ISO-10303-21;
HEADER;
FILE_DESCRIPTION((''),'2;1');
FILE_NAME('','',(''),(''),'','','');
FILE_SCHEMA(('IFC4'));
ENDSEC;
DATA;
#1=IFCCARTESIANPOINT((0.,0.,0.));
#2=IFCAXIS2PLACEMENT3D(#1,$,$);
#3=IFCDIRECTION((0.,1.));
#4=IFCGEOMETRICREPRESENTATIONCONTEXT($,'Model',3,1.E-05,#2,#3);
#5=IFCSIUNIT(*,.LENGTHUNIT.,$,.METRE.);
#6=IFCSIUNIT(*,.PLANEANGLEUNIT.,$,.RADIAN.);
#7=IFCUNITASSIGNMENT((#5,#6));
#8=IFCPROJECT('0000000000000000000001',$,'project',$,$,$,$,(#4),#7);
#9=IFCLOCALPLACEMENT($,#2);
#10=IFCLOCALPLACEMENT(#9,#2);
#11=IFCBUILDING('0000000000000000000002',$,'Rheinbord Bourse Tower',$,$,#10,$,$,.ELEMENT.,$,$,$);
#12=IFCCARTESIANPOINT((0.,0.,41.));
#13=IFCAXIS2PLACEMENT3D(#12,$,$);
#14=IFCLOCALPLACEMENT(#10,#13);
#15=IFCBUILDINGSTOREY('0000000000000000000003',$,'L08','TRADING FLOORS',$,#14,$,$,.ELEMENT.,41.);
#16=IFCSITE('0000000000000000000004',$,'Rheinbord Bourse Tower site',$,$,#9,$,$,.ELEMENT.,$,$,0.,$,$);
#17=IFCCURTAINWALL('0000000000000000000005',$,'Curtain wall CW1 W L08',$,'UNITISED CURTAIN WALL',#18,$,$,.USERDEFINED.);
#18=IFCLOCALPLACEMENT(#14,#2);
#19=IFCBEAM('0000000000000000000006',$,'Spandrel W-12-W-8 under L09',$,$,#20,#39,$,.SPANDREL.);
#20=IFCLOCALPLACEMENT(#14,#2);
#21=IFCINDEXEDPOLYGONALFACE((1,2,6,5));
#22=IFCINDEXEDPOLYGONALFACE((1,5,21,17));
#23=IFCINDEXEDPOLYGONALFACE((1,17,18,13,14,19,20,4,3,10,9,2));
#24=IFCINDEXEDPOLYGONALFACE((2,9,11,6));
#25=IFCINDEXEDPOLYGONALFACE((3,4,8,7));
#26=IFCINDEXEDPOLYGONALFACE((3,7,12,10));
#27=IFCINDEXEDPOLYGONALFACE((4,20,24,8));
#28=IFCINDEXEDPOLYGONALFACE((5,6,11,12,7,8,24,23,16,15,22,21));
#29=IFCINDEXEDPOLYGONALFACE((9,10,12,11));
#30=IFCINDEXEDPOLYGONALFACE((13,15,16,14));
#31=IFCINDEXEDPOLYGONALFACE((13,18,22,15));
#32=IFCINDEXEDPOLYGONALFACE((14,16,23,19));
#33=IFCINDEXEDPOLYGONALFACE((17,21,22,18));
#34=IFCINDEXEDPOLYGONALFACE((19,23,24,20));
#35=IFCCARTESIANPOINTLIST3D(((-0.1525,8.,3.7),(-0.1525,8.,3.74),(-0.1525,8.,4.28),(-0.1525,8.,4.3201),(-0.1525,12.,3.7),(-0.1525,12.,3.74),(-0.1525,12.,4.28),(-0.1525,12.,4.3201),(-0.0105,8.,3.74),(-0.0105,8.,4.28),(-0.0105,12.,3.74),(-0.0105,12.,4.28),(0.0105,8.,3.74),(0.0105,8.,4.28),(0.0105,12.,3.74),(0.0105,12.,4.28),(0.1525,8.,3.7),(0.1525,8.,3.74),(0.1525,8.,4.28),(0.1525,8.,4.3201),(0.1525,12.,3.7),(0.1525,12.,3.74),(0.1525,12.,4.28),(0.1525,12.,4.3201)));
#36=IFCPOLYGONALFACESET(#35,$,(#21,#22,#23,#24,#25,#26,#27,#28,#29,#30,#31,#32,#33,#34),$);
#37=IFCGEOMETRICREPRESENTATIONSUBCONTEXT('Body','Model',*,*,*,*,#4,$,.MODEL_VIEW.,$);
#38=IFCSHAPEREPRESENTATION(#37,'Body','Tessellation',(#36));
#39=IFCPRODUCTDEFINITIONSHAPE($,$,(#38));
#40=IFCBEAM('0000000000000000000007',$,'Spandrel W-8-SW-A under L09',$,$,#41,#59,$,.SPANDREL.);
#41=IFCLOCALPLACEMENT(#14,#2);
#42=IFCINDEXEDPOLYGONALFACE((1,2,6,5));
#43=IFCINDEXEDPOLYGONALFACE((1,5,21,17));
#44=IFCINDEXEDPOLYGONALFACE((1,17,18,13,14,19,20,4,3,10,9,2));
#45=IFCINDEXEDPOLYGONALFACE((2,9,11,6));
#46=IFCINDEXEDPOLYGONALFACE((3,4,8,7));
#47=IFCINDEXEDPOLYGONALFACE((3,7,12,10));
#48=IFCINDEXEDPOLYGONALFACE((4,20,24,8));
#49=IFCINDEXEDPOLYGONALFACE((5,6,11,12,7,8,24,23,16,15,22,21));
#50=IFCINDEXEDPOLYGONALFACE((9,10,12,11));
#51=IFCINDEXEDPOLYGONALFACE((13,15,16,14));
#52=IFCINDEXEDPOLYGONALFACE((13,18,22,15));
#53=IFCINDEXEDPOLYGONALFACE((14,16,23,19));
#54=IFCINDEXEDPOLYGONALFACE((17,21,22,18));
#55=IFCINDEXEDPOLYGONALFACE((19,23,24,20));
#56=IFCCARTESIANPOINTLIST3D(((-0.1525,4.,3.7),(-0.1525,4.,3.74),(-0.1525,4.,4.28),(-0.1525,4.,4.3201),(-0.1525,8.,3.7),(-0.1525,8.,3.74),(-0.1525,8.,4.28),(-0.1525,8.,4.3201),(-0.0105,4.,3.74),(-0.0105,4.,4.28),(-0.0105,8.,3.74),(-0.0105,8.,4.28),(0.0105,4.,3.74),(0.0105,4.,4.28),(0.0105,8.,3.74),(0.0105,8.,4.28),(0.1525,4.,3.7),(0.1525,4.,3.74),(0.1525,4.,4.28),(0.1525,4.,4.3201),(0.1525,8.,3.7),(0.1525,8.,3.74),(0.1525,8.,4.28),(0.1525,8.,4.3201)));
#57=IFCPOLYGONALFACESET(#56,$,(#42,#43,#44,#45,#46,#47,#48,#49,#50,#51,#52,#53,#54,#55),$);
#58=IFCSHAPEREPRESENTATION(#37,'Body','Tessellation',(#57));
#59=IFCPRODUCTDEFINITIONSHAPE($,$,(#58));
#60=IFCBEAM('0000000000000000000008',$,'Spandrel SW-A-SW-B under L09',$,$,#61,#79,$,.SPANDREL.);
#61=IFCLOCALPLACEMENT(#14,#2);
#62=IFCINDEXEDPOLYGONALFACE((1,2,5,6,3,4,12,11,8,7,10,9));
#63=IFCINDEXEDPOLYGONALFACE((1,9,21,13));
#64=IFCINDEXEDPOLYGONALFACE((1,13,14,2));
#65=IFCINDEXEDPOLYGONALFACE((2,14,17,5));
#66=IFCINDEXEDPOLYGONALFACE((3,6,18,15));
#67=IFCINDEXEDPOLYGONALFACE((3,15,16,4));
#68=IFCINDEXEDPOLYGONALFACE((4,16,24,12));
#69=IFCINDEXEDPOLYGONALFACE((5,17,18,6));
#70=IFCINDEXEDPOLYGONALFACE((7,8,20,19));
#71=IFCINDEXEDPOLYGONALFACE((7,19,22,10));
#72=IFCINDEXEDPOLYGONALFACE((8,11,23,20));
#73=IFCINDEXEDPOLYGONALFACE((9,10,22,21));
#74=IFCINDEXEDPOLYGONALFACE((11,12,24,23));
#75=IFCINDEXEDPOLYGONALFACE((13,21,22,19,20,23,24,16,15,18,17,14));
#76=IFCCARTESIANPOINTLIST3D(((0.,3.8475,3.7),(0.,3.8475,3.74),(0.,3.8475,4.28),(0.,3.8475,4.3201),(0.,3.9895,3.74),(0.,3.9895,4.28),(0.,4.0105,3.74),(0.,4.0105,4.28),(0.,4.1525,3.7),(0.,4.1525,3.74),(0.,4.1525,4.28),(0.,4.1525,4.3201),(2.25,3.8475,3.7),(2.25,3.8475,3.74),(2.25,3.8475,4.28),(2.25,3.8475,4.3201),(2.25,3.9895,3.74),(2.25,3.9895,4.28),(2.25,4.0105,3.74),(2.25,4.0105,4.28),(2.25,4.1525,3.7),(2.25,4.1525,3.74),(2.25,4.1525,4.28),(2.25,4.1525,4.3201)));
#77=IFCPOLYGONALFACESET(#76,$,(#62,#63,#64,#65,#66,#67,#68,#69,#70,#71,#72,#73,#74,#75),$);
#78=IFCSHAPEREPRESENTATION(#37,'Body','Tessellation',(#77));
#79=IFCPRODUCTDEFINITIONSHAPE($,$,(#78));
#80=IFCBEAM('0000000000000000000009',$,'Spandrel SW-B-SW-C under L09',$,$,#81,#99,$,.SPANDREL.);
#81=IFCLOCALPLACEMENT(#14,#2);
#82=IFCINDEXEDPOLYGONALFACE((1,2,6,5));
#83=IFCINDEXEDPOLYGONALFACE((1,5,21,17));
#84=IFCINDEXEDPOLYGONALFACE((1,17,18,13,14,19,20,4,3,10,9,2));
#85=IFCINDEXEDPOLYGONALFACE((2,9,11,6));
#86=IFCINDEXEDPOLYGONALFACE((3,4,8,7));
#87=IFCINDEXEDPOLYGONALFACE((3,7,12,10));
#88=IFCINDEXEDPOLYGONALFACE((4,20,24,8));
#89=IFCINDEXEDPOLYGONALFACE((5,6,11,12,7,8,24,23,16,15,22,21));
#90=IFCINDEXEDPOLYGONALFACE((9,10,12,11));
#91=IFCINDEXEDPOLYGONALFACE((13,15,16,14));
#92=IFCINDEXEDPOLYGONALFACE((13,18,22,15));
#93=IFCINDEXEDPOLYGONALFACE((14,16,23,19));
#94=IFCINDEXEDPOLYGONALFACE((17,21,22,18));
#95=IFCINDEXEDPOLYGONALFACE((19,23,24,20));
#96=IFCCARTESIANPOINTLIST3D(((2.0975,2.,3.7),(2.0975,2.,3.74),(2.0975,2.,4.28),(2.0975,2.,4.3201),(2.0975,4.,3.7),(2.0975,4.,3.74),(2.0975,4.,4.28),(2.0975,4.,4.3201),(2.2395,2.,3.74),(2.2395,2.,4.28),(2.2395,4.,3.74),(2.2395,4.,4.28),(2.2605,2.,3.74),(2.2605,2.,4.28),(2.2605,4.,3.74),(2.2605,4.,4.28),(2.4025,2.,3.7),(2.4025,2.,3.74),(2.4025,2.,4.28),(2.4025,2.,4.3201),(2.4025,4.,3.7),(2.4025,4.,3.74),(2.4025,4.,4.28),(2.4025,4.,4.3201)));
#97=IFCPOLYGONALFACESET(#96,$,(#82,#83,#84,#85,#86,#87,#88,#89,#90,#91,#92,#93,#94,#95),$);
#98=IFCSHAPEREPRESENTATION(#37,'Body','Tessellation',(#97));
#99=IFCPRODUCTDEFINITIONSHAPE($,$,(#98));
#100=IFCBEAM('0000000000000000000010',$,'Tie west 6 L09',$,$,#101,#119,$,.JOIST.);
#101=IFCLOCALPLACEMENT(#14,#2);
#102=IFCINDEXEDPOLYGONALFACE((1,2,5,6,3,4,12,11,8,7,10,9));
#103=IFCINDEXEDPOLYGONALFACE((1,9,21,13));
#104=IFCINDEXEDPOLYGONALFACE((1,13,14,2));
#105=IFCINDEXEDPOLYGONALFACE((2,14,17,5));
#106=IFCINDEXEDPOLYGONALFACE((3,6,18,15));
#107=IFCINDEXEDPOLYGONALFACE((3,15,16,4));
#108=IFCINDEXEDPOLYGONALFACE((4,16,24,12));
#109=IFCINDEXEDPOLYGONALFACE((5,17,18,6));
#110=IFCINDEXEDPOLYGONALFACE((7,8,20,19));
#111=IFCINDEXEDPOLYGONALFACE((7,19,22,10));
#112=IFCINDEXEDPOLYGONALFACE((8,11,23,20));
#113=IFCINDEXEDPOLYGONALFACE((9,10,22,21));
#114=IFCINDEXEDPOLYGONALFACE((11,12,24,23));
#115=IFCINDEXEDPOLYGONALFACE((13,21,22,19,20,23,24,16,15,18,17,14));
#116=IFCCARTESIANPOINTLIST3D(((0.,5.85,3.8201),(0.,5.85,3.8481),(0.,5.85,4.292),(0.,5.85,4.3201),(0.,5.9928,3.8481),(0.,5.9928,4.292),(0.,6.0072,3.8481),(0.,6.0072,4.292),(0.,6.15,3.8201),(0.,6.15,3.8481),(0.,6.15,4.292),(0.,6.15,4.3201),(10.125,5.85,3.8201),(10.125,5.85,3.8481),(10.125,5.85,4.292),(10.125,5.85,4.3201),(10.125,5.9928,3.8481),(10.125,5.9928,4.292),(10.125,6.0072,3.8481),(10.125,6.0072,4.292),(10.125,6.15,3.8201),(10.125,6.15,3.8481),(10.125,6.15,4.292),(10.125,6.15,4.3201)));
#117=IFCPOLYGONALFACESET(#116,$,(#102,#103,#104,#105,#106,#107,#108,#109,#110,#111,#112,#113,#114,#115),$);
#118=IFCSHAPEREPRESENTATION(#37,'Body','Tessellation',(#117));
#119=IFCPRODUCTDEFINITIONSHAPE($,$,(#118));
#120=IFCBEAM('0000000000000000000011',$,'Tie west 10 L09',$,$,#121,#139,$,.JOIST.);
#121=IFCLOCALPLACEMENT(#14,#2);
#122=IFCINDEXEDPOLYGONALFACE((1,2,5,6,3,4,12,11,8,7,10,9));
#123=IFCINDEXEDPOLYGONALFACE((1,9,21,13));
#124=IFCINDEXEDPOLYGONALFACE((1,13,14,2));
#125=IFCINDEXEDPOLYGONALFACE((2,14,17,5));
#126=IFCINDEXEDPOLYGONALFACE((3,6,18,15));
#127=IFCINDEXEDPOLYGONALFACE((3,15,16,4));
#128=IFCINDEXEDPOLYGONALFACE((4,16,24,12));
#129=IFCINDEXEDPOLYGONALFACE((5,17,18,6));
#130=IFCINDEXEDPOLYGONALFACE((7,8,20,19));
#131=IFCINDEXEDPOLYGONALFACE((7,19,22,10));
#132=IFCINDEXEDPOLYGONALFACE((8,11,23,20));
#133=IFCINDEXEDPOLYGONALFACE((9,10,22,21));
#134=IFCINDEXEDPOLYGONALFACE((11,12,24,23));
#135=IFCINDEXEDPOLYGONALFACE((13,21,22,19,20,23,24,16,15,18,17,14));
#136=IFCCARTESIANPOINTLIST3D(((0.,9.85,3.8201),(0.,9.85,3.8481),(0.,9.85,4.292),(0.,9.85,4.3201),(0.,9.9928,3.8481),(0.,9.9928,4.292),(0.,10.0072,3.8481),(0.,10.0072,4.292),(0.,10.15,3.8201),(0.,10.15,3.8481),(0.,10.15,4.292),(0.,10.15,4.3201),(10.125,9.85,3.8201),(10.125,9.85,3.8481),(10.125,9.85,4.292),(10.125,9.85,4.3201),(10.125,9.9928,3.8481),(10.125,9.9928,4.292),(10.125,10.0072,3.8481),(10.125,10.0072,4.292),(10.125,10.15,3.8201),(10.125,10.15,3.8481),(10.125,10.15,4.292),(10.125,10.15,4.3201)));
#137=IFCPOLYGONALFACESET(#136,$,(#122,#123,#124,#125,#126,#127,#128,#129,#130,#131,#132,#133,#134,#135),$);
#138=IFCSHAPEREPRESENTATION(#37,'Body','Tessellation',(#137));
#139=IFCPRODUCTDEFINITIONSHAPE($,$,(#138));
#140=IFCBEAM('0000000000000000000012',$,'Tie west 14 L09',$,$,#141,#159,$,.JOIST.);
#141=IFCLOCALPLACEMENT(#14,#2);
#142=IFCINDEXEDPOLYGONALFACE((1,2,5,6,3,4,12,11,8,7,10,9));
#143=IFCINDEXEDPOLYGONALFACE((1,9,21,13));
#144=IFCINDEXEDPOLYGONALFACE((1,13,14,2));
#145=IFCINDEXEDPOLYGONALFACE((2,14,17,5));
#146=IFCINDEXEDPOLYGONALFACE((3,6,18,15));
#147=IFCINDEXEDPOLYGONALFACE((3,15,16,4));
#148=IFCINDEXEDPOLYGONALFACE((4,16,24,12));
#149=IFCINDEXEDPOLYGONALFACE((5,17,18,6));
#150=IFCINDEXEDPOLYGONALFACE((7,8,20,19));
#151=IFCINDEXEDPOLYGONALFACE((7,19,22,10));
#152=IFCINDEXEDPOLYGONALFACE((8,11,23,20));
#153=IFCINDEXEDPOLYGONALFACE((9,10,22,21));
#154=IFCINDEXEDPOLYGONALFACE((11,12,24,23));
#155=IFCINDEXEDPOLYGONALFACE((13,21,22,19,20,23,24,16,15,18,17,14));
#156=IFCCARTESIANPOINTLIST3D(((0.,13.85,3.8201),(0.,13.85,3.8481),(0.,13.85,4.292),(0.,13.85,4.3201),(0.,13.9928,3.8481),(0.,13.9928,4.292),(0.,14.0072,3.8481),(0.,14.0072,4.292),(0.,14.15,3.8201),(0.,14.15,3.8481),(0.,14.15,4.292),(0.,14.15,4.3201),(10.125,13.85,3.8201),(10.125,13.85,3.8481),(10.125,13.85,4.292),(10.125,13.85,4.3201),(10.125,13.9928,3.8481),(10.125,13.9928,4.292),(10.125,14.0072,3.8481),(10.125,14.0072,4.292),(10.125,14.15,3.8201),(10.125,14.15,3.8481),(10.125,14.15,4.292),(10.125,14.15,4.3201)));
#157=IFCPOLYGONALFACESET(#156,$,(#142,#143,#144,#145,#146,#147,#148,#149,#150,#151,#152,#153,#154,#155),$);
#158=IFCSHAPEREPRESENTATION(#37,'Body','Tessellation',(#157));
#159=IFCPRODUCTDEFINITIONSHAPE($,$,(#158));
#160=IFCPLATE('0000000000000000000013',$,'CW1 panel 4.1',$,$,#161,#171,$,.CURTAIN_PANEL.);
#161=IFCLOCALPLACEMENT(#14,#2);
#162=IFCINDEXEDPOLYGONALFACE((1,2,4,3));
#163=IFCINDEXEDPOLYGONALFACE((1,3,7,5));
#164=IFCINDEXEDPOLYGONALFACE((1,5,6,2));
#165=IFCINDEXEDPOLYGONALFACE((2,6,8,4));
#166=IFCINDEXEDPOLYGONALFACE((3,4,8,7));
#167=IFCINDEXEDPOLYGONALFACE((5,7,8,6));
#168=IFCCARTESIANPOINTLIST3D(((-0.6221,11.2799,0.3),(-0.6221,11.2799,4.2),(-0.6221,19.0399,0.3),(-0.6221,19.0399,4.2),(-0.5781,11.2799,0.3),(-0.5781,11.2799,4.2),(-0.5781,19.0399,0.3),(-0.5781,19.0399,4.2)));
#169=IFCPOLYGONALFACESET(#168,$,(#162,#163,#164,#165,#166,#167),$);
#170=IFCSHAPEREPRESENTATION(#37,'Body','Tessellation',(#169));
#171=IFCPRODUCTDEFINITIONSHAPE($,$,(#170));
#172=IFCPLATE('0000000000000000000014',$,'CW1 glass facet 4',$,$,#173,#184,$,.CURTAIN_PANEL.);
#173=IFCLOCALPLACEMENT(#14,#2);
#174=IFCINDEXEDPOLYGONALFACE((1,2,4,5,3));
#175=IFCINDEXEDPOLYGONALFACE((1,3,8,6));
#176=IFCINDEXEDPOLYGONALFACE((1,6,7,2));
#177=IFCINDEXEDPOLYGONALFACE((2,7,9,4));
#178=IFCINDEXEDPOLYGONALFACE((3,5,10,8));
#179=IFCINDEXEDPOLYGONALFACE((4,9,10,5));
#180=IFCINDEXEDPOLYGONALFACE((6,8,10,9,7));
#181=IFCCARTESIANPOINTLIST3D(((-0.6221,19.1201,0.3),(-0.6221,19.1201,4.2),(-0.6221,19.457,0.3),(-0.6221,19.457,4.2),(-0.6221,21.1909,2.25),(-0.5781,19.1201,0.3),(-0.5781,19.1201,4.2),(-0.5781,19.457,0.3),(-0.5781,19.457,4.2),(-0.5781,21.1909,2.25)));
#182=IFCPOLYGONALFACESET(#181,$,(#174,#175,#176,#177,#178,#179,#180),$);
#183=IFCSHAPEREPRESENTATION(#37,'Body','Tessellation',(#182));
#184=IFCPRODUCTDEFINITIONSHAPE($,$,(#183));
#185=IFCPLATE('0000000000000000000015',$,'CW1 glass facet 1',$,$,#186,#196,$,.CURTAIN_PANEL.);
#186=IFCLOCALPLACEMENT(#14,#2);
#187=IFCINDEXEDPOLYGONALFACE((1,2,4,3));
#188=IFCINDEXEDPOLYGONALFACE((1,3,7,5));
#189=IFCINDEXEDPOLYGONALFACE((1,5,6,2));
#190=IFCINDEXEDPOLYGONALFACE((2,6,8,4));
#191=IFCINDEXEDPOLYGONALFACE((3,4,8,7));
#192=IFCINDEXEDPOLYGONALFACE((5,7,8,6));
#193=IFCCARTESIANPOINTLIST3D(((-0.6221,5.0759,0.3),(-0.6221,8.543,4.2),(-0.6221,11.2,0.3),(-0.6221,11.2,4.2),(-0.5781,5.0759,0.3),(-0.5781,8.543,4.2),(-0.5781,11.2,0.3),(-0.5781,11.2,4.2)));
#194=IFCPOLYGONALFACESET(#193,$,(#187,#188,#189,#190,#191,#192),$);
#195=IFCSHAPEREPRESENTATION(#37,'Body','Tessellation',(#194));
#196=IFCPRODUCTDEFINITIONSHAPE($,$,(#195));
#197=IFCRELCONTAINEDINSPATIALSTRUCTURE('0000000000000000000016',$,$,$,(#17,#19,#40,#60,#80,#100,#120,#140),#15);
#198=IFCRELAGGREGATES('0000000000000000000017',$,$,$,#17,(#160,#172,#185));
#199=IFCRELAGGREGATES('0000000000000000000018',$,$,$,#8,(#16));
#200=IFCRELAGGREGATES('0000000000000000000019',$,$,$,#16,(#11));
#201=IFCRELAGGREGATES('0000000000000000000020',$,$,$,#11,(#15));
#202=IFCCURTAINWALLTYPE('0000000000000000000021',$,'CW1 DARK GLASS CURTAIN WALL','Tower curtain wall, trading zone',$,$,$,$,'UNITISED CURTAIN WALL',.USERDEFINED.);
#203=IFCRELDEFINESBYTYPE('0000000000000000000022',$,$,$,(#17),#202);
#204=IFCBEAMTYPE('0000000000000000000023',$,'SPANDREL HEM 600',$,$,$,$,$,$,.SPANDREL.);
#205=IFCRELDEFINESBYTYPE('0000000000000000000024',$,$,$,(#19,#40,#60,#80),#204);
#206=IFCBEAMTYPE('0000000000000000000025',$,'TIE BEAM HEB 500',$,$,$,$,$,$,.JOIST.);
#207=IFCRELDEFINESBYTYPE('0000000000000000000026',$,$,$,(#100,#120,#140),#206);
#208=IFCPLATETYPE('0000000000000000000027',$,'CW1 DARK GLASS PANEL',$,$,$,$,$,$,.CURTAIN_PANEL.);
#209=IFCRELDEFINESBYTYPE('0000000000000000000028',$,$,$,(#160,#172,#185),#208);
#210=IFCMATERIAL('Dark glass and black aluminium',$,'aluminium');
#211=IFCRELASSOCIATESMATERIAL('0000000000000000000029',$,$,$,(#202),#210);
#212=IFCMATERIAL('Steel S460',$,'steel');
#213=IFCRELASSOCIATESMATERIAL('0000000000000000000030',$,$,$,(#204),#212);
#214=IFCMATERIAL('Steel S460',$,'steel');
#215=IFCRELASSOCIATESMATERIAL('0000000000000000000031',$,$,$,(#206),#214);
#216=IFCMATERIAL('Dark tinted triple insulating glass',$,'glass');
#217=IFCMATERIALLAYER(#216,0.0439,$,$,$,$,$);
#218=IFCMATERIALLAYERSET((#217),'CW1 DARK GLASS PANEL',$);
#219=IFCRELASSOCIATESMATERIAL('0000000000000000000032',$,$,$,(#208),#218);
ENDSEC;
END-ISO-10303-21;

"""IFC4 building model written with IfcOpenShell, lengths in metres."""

from ifc_helpers import new_model, si_unit, direction, frame, origin, origin_2d, place, context, subcontext, project, spatial, polyline, rectangle, i_section, outline, extrude, material, layer, layer_set, material_profile, profile_set, type_object, element, aggregate, save


model = new_model("IFC4")

# Units and contexts
model_context = context("Model", 3, precision=1e-05, world=origin(), true_north=direction((0.0, 1.0)))
body_context = subcontext(model_context, "Body", "Model", "MODEL_VIEW")
ifc_project = project(units=[si_unit("LENGTHUNIT", "METRE"), si_unit("PLANEANGLEUNIT", "RADIAN")], contexts=[model_context])

# Site, building, storey
site_placement = place(None, origin())
site = spatial("IfcSite", under=ifc_project, at=site_placement, Name="Rheinbord Bourse Tower site", CompositionType="ELEMENT", RefElevation=0.0)
building_placement = place(site_placement, origin())
building = spatial("IfcBuilding", under=site, at=building_placement, Name="Rheinbord Bourse Tower", CompositionType="ELEMENT")
storey_placement = place(building_placement, frame((0.0, 0.0, 41.0)))
storey = spatial("IfcBuildingStorey", under=building, at=storey_placement, Name="L08", Description="TRADING FLOORS", CompositionType="ELEMENT", Elevation=41.0)

# Curtain wall
ifc_material_1 = material(Name="Dark glass and black aluminium", Category="aluminium")
curtain_wall_type = type_object("IfcCurtainWallType", Name="CW1 DARK GLASS CURTAIN WALL", Description="Tower curtain wall, trading zone", ElementType="UNITISED CURTAIN WALL", PredefinedType="USERDEFINED", material=ifc_material_1)
curtain_wall_placement = place(storey_placement, origin())
curtain_wall = element("IfcCurtainWall", 1, at=curtain_wall_placement, inside=storey, type_object=curtain_wall_type, Name="Curtain wall CW1 W L08", ObjectType="UNITISED CURTAIN WALL", PredefinedType="USERDEFINED")

# Beams
ifc_material_2 = material(Name="Steel S460", Category="steel")
ifc_material_profile_1 = material_profile(ifc_material_2, i_section(OverallWidth=0.3049, OverallDepth=0.6201, WebThickness=0.021, FlangeThickness=0.04, at=origin_2d()), Name="HEM 600")
ifc_profile_set_1 = profile_set([ifc_material_profile_1], Name="Steel S460")
beam_type_1 = type_object("IfcBeamType", Name="SPANDREL HEM 600", PredefinedType="SPANDREL", material=ifc_profile_set_1)
for number, where, z_axis, x_axis, name in (
    (2, (0.0, 12.0, 4.01), (0.0, -1.0, 0.0), (1.0, 0.0, 0.0), "Spandrel W-12-W-8 under L09"),
    (3, (0.0, 8.0, 4.01), (0.0, -1.0, 0.0), (1.0, 0.0, 0.0), "Spandrel W-8-SW-A under L09"),
):
    element("IfcBeam", number, at=place(storey_placement, frame(where, z_axis=z_axis, x_axis=x_axis)), inside=storey, type_object=beam_type_1, Name=name, PredefinedType="SPANDREL", context=body_context, shape_type="SweptSolid", body=[
        extrude(i_section(OverallWidth=0.3049, OverallDepth=0.6201, WebThickness=0.021, FlangeThickness=0.04, at=origin_2d()), origin(), (0.0, 0.0, 1.0), 4.0),
    ])
beam_1_placement = place(storey_placement, frame((0.0, 4.0, 4.01), z_axis=(1.0, 0.0, 0.0), x_axis=(0.0, 1.0, 0.0)))
element("IfcBeam", 4, at=beam_1_placement, inside=storey, type_object=beam_type_1, Name="Spandrel SW-A-SW-B under L09", PredefinedType="SPANDREL", context=body_context, shape_type="SweptSolid", body=[
    extrude(i_section(OverallWidth=0.3049, OverallDepth=0.6201, WebThickness=0.021, FlangeThickness=0.04, at=origin_2d()), origin(), (0.0, 0.0, 1.0), 2.25),
])
beam_2_placement = place(storey_placement, frame((2.25, 4.0, 4.01), z_axis=(0.0, -1.0, 0.0), x_axis=(1.0, 0.0, 0.0)))
element("IfcBeam", 5, at=beam_2_placement, inside=storey, type_object=beam_type_1, Name="Spandrel SW-B-SW-C under L09", PredefinedType="SPANDREL", context=body_context, shape_type="SweptSolid", body=[
    extrude(i_section(OverallWidth=0.3049, OverallDepth=0.6201, WebThickness=0.021, FlangeThickness=0.04, at=origin_2d()), origin(), (0.0, 0.0, 1.0), 2.0),
])
ifc_material_3 = material(Name="Steel S460", Category="steel")
ifc_material_profile_2 = material_profile(ifc_material_3, i_section(OverallWidth=0.3, OverallDepth=0.5, WebThickness=0.0144, FlangeThickness=0.0281, at=origin_2d()), Name="HEB 500")
ifc_profile_set_2 = profile_set([ifc_material_profile_2], Name="Steel S460")
beam_type_2 = type_object("IfcBeamType", Name="TIE BEAM HEB 500", PredefinedType="JOIST", material=ifc_profile_set_2)
for number, where, z_axis, x_axis, name in (
    (6, (0.0, 6.0, 4.0701), (1.0, 0.0, 0.0), (0.0, 1.0, 0.0), "Tie west 6 L09"),
    (7, (0.0, 10.0, 4.0701), (1.0, 0.0, 0.0), (0.0, 1.0, 0.0), "Tie west 10 L09"),
    (8, (0.0, 14.0, 4.0701), (1.0, 0.0, 0.0), (0.0, 1.0, 0.0), "Tie west 14 L09"),
):
    element("IfcBeam", number, at=place(storey_placement, frame(where, z_axis=z_axis, x_axis=x_axis)), inside=storey, type_object=beam_type_2, Name=name, PredefinedType="JOIST", context=body_context, shape_type="SweptSolid", body=[
        extrude(i_section(OverallWidth=0.3, OverallDepth=0.5, WebThickness=0.0144, FlangeThickness=0.0281, at=origin_2d()), origin(), (0.0, 0.0, 1.0), 10.125),
    ])

# Plates
ifc_material_4 = material(Name="Dark tinted triple insulating glass", Category="glass")
ifc_layer_1 = layer(ifc_material_4, 0.0439)
ifc_layer_set_1 = layer_set([ifc_layer_1], Name="CW1 DARK GLASS PANEL")
plate_type = type_object("IfcPlateType", Name="CW1 DARK GLASS PANEL", PredefinedType="CURTAIN_PANEL", material=ifc_layer_set_1)
plate_1_placement = place(storey_placement, frame((-0.6001, 15.1599, 0.3), z_axis=(0.0, 0.0, 1.0), x_axis=(0.0, -1.0, 0.0)))
plate_1 = element("IfcPlate", 9, at=plate_1_placement, type_object=plate_type, Name="CW1 panel 4.1", PredefinedType="CURTAIN_PANEL", context=body_context, shape_type="SweptSolid", body=[
    extrude(rectangle(XDim=7.76, YDim=0.0439, at=origin_2d()), origin(), (0.0, 0.0, 1.0), 3.8999),
])
plate_2_placement = place(storey_placement, frame((-0.6221, 19.1201, 4.2), z_axis=(1.0, 0.0, 0.0), x_axis=(0.0, 0.0, -1.0)))
plate_2 = element("IfcPlate", 10, at=plate_2_placement, type_object=plate_type, Name="CW1 glass facet 4", PredefinedType="CURTAIN_PANEL", context=body_context, shape_type="SweptSolid", body=[
    extrude(outline(polyline([(0.0, 0.0), (3.8999, 0.0), (3.8999, 0.3369), (1.95, 2.0708), (0.0, 0.3369), (0.0, 0.0)])), origin(), (0.0, 0.0, 1.0), 0.0439),
])
plate_3_placement = place(storey_placement, frame((-0.6221, 11.2, 0.3), z_axis=(1.0, 0.0, 0.0), x_axis=(0.0, 0.0, 1.0)))
plate_3 = element("IfcPlate", 11, at=plate_3_placement, type_object=plate_type, Name="CW1 glass facet 1", PredefinedType="CURTAIN_PANEL", context=body_context, shape_type="SweptSolid", body=[
    extrude(outline(polyline([(0.0, 0.0), (3.8999, 0.0), (3.8999, 2.657), (0.0, 6.124), (0.0, 0.0)])), origin(), (0.0, 0.0, 1.0), 0.0439),
])
aggregate(curtain_wall, [plate_1, plate_2, plate_3])

save(model, "model.ifc")
